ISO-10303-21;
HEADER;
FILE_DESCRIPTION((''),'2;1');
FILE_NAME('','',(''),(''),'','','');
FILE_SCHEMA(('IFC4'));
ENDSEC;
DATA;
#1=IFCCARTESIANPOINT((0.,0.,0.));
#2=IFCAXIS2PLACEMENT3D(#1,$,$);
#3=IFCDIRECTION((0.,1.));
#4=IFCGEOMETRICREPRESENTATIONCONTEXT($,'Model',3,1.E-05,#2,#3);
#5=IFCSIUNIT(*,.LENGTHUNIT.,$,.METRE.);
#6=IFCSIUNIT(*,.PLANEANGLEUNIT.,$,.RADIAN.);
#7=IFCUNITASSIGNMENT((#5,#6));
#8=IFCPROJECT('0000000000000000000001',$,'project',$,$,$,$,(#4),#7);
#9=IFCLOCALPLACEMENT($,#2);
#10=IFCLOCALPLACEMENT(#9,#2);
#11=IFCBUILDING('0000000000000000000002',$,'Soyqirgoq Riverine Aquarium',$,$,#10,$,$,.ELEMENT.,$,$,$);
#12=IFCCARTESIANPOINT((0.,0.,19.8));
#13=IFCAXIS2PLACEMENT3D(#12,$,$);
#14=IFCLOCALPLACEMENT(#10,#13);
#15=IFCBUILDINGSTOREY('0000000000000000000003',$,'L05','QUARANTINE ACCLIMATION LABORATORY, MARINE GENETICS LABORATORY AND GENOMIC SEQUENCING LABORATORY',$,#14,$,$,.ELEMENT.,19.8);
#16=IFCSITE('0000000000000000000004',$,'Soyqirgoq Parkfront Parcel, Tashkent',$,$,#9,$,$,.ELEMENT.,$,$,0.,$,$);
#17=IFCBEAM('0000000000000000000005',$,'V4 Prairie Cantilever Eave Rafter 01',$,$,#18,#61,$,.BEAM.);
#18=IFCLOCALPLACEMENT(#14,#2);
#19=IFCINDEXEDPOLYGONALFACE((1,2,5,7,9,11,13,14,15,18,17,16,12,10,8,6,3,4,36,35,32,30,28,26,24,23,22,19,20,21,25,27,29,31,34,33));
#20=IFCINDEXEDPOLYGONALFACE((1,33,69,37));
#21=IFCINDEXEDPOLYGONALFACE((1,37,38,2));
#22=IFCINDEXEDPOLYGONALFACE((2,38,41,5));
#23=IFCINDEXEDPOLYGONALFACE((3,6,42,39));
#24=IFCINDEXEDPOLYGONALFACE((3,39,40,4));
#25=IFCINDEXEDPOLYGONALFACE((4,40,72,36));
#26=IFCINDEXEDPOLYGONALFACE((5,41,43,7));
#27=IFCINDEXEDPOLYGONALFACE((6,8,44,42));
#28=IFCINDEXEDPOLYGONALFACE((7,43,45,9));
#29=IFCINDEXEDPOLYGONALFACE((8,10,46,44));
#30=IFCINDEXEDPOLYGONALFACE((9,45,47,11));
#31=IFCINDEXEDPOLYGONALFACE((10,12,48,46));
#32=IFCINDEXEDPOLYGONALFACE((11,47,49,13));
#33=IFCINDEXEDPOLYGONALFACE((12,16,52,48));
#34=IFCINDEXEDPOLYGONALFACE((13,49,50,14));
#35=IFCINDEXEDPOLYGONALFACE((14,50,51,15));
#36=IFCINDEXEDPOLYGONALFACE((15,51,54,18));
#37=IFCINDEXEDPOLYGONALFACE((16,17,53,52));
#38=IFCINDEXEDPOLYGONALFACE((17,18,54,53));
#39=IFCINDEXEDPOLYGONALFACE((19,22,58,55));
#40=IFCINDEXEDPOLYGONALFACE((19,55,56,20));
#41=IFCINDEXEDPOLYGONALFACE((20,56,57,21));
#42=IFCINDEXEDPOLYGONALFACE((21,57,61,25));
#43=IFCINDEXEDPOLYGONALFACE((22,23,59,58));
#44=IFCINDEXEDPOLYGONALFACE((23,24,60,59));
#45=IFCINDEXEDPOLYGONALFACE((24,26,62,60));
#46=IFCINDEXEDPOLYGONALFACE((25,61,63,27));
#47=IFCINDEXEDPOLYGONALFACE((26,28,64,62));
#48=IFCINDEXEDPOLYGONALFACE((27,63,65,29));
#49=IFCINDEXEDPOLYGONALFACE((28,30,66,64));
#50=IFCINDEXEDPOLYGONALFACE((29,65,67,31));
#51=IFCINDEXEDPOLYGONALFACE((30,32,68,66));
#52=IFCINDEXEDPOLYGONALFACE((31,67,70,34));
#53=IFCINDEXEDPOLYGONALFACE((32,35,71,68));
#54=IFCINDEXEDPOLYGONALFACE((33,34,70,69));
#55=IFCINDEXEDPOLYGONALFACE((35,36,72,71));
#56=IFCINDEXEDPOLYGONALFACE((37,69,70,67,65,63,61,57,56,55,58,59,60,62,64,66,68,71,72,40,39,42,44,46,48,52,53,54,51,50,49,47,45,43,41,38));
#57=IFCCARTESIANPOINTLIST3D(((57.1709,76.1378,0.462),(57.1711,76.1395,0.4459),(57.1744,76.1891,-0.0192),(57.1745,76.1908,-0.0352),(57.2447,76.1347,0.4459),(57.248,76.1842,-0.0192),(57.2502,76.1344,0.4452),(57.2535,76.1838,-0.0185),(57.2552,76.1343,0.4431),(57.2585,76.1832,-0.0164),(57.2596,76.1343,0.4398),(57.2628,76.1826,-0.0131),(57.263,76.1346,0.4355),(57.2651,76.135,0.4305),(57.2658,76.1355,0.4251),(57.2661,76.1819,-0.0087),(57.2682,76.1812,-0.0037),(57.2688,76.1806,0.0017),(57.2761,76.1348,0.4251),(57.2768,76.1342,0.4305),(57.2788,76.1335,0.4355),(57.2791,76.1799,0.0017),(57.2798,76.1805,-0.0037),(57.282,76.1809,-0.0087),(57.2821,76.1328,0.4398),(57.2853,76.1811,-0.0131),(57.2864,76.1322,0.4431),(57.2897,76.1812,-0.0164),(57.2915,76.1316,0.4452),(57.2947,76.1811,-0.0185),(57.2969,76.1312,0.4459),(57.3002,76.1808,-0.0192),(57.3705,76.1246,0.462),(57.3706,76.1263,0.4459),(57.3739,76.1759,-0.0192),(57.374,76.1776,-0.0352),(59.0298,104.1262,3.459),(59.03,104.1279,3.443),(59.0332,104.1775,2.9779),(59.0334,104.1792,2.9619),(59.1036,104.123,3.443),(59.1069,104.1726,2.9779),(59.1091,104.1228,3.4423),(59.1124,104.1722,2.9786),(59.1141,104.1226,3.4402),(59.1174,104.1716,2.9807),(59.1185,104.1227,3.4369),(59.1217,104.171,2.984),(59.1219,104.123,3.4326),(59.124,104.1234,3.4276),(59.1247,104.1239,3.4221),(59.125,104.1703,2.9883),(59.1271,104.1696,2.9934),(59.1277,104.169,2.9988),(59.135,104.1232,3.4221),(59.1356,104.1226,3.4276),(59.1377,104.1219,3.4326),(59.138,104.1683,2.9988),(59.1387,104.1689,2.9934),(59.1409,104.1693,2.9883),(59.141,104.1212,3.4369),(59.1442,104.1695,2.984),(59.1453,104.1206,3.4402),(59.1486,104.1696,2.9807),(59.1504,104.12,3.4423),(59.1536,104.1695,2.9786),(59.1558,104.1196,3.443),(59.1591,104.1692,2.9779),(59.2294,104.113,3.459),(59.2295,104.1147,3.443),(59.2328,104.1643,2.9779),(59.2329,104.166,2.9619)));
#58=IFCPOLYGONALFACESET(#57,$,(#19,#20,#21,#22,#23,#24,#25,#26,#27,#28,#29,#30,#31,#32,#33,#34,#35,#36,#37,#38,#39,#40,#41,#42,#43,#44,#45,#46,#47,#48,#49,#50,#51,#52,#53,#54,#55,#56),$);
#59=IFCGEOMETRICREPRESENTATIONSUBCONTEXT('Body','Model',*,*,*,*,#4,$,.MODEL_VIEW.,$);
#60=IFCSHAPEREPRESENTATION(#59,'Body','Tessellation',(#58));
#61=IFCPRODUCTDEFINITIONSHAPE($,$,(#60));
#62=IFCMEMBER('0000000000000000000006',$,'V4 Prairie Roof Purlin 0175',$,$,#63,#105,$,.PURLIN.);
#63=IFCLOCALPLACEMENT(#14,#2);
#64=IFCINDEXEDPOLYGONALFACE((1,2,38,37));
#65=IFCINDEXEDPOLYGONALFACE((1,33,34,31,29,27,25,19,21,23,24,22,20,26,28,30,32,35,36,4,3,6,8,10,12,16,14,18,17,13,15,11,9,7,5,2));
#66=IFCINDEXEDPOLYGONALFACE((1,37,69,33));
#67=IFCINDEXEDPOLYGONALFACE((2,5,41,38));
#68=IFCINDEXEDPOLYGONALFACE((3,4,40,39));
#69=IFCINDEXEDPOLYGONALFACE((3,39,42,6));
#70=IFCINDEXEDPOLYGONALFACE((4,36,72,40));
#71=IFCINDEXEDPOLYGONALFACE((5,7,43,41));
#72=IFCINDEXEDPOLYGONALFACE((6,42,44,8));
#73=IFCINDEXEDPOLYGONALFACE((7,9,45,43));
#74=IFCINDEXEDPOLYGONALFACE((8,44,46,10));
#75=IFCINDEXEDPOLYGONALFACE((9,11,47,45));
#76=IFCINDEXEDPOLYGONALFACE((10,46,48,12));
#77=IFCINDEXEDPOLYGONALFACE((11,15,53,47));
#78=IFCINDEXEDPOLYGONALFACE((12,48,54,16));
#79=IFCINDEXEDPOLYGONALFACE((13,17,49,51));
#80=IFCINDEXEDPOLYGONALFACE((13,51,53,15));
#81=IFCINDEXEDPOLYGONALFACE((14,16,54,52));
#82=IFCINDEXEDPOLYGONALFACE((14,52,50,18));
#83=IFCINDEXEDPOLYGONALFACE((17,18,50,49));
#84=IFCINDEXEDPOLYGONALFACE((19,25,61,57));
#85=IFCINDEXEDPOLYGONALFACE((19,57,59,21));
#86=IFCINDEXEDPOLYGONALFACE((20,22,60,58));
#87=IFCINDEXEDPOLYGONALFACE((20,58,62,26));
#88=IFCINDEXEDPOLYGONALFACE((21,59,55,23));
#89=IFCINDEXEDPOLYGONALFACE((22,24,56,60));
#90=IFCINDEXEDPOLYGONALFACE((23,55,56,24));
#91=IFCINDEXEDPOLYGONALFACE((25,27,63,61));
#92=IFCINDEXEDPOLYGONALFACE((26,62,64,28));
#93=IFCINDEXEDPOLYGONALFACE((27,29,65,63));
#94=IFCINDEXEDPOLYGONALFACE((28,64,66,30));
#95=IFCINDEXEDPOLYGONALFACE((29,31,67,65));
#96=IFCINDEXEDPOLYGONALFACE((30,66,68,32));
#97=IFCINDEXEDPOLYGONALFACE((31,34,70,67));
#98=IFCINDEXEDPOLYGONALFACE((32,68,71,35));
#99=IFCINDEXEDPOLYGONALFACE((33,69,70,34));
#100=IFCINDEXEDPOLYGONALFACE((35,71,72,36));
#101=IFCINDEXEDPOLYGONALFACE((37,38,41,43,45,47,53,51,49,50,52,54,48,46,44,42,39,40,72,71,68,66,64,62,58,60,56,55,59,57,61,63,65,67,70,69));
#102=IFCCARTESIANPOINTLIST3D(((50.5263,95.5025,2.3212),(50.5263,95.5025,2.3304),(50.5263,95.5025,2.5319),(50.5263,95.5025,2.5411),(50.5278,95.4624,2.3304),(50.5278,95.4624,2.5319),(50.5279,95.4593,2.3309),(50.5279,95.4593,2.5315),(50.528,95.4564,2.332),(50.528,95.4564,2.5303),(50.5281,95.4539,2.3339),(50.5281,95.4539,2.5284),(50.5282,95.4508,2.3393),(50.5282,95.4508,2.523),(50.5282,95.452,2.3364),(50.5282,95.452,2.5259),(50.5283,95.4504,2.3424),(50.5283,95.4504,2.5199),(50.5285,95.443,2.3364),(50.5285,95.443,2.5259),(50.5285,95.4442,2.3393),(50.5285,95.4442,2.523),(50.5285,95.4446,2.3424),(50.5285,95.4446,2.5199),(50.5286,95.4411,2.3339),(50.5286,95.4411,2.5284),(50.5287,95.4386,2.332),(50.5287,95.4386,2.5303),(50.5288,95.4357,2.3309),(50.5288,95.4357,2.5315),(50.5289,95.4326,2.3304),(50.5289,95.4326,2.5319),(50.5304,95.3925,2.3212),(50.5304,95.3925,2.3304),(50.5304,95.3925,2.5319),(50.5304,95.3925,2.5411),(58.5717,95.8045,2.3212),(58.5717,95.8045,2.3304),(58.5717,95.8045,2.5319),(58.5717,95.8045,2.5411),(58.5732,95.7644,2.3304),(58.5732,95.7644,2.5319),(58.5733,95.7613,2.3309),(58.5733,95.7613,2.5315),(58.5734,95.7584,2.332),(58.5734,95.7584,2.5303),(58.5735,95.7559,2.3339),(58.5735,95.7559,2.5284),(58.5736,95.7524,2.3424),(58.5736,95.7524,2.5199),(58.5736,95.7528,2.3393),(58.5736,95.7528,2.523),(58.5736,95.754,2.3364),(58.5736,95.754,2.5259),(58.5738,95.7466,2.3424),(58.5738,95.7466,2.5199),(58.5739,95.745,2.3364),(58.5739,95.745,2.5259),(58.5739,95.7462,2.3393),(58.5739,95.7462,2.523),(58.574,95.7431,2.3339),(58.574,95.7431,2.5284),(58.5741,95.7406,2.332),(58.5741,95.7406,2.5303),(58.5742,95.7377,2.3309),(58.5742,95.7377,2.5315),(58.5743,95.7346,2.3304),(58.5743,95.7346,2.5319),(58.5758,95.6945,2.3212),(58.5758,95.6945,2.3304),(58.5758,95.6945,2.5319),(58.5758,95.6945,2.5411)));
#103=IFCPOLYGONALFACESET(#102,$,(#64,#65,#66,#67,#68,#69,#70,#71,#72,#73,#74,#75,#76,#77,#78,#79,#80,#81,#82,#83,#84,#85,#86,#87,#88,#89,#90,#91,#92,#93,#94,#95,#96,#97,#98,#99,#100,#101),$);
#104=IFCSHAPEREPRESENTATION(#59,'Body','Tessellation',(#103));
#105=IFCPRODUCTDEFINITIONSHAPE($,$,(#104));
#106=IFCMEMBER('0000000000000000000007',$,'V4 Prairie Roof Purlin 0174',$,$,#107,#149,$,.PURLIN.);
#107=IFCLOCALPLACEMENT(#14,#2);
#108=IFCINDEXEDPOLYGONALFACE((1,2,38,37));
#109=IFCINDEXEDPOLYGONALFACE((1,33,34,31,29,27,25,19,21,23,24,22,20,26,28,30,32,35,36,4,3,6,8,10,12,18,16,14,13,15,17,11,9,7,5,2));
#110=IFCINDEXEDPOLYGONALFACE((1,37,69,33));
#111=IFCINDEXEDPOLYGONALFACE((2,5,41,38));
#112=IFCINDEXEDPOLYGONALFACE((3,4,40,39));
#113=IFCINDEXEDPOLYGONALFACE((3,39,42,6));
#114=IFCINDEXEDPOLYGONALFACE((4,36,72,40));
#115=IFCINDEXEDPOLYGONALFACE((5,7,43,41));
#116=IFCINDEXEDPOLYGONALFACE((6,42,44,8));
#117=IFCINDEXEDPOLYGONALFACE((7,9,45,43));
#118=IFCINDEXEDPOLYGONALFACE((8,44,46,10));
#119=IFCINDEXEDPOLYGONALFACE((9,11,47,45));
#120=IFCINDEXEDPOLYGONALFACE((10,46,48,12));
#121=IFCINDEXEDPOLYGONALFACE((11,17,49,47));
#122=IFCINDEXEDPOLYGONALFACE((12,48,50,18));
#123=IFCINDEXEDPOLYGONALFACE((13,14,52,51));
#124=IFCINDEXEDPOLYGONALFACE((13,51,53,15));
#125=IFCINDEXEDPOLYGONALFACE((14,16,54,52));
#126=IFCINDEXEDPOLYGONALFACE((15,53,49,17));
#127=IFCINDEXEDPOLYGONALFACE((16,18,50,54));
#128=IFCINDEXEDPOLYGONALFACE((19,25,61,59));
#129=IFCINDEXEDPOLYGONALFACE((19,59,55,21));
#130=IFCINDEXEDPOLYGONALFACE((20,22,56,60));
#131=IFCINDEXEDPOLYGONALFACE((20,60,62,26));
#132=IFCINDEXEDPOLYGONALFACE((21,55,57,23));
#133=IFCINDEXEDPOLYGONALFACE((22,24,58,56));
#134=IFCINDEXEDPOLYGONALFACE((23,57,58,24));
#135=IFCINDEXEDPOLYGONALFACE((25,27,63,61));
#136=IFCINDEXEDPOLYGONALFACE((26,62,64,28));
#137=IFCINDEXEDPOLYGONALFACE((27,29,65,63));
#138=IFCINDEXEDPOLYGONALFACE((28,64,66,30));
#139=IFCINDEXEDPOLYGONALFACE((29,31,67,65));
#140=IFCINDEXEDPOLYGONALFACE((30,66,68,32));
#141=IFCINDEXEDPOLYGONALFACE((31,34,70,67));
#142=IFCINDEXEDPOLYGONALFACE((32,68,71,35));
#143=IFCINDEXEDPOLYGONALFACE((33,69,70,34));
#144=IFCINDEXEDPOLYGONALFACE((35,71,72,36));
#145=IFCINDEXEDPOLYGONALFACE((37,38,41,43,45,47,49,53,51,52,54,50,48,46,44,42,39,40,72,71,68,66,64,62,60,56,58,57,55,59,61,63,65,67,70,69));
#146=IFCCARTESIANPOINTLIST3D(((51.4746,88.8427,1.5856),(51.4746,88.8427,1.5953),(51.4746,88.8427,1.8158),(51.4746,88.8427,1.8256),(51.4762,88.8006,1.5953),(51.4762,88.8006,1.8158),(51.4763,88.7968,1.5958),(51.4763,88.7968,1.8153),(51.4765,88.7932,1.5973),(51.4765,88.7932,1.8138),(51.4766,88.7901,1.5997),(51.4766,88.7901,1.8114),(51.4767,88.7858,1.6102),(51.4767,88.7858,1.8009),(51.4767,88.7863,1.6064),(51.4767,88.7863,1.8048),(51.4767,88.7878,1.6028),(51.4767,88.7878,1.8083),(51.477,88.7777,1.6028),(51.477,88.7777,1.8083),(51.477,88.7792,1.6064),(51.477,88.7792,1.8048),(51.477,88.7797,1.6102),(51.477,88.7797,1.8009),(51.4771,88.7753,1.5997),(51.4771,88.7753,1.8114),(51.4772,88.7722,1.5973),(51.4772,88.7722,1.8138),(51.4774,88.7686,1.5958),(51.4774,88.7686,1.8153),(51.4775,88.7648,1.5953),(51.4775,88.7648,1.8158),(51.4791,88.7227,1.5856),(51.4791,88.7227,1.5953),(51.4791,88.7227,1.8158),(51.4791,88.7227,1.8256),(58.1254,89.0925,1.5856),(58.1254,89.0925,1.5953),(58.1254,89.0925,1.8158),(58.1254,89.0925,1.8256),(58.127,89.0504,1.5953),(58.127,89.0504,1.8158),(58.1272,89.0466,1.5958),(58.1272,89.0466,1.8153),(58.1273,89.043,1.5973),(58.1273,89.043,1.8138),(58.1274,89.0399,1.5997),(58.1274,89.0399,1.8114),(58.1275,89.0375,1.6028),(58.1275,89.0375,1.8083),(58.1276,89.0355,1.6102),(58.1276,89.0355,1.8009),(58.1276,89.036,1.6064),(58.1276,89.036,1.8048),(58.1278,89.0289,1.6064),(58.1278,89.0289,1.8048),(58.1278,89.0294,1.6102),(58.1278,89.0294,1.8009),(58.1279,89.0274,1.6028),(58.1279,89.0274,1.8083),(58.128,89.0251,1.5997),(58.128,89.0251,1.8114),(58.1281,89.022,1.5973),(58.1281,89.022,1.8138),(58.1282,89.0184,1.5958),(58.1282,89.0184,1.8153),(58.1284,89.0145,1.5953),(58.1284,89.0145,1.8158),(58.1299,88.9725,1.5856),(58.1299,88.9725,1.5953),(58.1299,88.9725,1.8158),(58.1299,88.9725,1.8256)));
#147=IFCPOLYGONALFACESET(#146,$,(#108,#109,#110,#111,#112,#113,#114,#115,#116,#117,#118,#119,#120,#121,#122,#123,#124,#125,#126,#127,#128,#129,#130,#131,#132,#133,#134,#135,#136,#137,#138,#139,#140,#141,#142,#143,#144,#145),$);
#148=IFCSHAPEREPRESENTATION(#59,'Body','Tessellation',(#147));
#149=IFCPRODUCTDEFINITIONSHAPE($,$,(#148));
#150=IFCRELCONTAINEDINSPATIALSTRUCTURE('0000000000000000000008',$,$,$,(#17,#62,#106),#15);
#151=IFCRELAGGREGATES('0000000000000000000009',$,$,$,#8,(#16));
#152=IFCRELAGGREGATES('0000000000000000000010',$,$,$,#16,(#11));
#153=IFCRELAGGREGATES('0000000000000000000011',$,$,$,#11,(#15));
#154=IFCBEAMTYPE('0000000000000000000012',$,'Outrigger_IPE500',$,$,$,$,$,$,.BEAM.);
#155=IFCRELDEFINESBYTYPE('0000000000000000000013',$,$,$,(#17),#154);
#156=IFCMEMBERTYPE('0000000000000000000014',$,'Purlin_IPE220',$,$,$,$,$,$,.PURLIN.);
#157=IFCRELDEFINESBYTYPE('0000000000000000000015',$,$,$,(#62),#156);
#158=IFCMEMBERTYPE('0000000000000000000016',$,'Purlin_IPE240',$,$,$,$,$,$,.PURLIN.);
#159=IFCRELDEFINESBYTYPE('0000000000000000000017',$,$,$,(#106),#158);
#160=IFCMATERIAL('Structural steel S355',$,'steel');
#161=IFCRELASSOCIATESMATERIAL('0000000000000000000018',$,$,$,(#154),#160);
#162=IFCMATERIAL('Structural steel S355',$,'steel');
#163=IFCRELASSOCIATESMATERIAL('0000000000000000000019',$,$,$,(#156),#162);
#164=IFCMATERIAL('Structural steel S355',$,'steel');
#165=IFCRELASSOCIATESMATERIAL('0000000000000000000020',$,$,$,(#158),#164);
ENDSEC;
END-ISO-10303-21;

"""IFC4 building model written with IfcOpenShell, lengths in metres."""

from ifc_helpers import new_model, si_unit, direction, frame, origin, origin_2d, place, context, subcontext, project, spatial, i_section, extrude, material, material_profile, profile_set, type_object, element, save


model = new_model("IFC4")

# Units and contexts
model_context = context("Model", 3, precision=1e-05, world=origin(), true_north=direction((0.0, 1.0)))
body_context = subcontext(model_context, "Body", "Model", "MODEL_VIEW")
ifc_project = project(units=[si_unit("LENGTHUNIT", "METRE"), si_unit("PLANEANGLEUNIT", "RADIAN")], contexts=[model_context])

# Site, building, storey
site_placement = place(None, origin())
site = spatial("IfcSite", under=ifc_project, at=site_placement, Name="Soyqirgoq Parkfront Parcel, Tashkent", CompositionType="ELEMENT", RefElevation=0.0)
building_placement = place(site_placement, origin())
building = spatial("IfcBuilding", under=site, at=building_placement, Name="Soyqirgoq Riverine Aquarium", CompositionType="ELEMENT")
storey_placement = place(building_placement, frame((0.0, 0.0, 19.8)))
storey = spatial("IfcBuildingStorey", under=building, at=storey_placement, Name="L05", Description="QUARANTINE ACCLIMATION LABORATORY, MARINE GENETICS LABORATORY AND GENOMIC SEQUENCING LABORATORY", CompositionType="ELEMENT", Elevation=19.8)

# Beam
ifc_material_1 = material(Name="Structural steel S355", Category="steel")
ifc_material_profile_1 = material_profile(ifc_material_1, i_section(OverallWidth=0.2, OverallDepth=0.5, WebThickness=0.0103, FlangeThickness=0.0161, FilletRadius=0.021, at=origin_2d()), Name="IPE 500")
ifc_profile_set_1 = profile_set([ifc_material_profile_1], Name="Structural steel S355")
beam_type_1 = type_object("IfcBeamType", Name="Outrigger_IPE500", PredefinedType="BEAM", material=ifc_profile_set_1)
beam_1_placement = place(storey_placement, frame((57.2725, 76.1577, 0.2134), z_axis=(0.065896, 0.992154, 0.106243), x_axis=(-0.997802, 0.066271, 0.0)))
element("IfcBeam", 1, at=beam_1_placement, inside=storey, type_object=beam_type_1, Name="V4 Prairie Cantilever Eave Rafter 01", PredefinedType="BEAM", context=body_context, shape_type="SweptSolid", body=[
    extrude(i_section(OverallWidth=0.2, OverallDepth=0.5, WebThickness=0.0103, FlangeThickness=0.0161, FilletRadius=0.021, at=origin_2d()), origin(), (0.0, 0.0, 1.0), 28.2097),
])

# Members
ifc_material_2 = material(Name="Structural steel S355", Category="steel")
ifc_material_profile_2 = material_profile(ifc_material_2, i_section(OverallWidth=0.1101, OverallDepth=0.22, WebThickness=0.0059, FlangeThickness=0.0093, FilletRadius=0.012, at=origin_2d()), Name="IPE 220")
ifc_profile_set_2 = profile_set([ifc_material_profile_2], Name="Structural steel S355")
member_type_1 = type_object("IfcMemberType", Name="Purlin_IPE220", PredefinedType="PURLIN", material=ifc_profile_set_2)
member_1_placement = place(storey_placement, frame((58.5737, 95.7495, 2.4312), z_axis=(-0.999296, -0.037511, 0.0), x_axis=(0.037511, -0.999296, 0.0)))
element("IfcMember", 2, at=member_1_placement, inside=storey, type_object=member_type_1, Name="V4 Prairie Roof Purlin 0175", PredefinedType="PURLIN", context=body_context, shape_type="SweptSolid", body=[
    extrude(i_section(OverallWidth=0.1101, OverallDepth=0.22, WebThickness=0.0059, FlangeThickness=0.0093, FilletRadius=0.012, at=origin_2d()), origin(), (0.0, 0.0, 1.0), 8.051),
])
ifc_material_3 = material(Name="Structural steel S355", Category="steel")
ifc_material_profile_3 = material_profile(ifc_material_3, i_section(OverallWidth=0.1201, OverallDepth=0.24, WebThickness=0.0061, FlangeThickness=0.0098, FilletRadius=0.0149, at=origin_2d()), Name="IPE 240")
ifc_profile_set_3 = profile_set([ifc_material_profile_3], Name="Structural steel S355")
member_type_2 = type_object("IfcMemberType", Name="Purlin_IPE240", PredefinedType="PURLIN", material=ifc_profile_set_3)
member_2_placement = place(storey_placement, frame((58.1277, 89.0325, 1.7056), z_axis=(-0.999296, -0.037526, 0.0), x_axis=(0.037526, -0.999296, 0.0)))
element("IfcMember", 3, at=member_2_placement, inside=storey, type_object=member_type_2, Name="V4 Prairie Roof Purlin 0174", PredefinedType="PURLIN", context=body_context, shape_type="SweptSolid", body=[
    extrude(i_section(OverallWidth=0.1201, OverallDepth=0.24, WebThickness=0.0061, FlangeThickness=0.0098, FilletRadius=0.0149, at=origin_2d()), origin(), (0.0, 0.0, 1.0), 6.6555),
])

save(model, "model.ifc")
